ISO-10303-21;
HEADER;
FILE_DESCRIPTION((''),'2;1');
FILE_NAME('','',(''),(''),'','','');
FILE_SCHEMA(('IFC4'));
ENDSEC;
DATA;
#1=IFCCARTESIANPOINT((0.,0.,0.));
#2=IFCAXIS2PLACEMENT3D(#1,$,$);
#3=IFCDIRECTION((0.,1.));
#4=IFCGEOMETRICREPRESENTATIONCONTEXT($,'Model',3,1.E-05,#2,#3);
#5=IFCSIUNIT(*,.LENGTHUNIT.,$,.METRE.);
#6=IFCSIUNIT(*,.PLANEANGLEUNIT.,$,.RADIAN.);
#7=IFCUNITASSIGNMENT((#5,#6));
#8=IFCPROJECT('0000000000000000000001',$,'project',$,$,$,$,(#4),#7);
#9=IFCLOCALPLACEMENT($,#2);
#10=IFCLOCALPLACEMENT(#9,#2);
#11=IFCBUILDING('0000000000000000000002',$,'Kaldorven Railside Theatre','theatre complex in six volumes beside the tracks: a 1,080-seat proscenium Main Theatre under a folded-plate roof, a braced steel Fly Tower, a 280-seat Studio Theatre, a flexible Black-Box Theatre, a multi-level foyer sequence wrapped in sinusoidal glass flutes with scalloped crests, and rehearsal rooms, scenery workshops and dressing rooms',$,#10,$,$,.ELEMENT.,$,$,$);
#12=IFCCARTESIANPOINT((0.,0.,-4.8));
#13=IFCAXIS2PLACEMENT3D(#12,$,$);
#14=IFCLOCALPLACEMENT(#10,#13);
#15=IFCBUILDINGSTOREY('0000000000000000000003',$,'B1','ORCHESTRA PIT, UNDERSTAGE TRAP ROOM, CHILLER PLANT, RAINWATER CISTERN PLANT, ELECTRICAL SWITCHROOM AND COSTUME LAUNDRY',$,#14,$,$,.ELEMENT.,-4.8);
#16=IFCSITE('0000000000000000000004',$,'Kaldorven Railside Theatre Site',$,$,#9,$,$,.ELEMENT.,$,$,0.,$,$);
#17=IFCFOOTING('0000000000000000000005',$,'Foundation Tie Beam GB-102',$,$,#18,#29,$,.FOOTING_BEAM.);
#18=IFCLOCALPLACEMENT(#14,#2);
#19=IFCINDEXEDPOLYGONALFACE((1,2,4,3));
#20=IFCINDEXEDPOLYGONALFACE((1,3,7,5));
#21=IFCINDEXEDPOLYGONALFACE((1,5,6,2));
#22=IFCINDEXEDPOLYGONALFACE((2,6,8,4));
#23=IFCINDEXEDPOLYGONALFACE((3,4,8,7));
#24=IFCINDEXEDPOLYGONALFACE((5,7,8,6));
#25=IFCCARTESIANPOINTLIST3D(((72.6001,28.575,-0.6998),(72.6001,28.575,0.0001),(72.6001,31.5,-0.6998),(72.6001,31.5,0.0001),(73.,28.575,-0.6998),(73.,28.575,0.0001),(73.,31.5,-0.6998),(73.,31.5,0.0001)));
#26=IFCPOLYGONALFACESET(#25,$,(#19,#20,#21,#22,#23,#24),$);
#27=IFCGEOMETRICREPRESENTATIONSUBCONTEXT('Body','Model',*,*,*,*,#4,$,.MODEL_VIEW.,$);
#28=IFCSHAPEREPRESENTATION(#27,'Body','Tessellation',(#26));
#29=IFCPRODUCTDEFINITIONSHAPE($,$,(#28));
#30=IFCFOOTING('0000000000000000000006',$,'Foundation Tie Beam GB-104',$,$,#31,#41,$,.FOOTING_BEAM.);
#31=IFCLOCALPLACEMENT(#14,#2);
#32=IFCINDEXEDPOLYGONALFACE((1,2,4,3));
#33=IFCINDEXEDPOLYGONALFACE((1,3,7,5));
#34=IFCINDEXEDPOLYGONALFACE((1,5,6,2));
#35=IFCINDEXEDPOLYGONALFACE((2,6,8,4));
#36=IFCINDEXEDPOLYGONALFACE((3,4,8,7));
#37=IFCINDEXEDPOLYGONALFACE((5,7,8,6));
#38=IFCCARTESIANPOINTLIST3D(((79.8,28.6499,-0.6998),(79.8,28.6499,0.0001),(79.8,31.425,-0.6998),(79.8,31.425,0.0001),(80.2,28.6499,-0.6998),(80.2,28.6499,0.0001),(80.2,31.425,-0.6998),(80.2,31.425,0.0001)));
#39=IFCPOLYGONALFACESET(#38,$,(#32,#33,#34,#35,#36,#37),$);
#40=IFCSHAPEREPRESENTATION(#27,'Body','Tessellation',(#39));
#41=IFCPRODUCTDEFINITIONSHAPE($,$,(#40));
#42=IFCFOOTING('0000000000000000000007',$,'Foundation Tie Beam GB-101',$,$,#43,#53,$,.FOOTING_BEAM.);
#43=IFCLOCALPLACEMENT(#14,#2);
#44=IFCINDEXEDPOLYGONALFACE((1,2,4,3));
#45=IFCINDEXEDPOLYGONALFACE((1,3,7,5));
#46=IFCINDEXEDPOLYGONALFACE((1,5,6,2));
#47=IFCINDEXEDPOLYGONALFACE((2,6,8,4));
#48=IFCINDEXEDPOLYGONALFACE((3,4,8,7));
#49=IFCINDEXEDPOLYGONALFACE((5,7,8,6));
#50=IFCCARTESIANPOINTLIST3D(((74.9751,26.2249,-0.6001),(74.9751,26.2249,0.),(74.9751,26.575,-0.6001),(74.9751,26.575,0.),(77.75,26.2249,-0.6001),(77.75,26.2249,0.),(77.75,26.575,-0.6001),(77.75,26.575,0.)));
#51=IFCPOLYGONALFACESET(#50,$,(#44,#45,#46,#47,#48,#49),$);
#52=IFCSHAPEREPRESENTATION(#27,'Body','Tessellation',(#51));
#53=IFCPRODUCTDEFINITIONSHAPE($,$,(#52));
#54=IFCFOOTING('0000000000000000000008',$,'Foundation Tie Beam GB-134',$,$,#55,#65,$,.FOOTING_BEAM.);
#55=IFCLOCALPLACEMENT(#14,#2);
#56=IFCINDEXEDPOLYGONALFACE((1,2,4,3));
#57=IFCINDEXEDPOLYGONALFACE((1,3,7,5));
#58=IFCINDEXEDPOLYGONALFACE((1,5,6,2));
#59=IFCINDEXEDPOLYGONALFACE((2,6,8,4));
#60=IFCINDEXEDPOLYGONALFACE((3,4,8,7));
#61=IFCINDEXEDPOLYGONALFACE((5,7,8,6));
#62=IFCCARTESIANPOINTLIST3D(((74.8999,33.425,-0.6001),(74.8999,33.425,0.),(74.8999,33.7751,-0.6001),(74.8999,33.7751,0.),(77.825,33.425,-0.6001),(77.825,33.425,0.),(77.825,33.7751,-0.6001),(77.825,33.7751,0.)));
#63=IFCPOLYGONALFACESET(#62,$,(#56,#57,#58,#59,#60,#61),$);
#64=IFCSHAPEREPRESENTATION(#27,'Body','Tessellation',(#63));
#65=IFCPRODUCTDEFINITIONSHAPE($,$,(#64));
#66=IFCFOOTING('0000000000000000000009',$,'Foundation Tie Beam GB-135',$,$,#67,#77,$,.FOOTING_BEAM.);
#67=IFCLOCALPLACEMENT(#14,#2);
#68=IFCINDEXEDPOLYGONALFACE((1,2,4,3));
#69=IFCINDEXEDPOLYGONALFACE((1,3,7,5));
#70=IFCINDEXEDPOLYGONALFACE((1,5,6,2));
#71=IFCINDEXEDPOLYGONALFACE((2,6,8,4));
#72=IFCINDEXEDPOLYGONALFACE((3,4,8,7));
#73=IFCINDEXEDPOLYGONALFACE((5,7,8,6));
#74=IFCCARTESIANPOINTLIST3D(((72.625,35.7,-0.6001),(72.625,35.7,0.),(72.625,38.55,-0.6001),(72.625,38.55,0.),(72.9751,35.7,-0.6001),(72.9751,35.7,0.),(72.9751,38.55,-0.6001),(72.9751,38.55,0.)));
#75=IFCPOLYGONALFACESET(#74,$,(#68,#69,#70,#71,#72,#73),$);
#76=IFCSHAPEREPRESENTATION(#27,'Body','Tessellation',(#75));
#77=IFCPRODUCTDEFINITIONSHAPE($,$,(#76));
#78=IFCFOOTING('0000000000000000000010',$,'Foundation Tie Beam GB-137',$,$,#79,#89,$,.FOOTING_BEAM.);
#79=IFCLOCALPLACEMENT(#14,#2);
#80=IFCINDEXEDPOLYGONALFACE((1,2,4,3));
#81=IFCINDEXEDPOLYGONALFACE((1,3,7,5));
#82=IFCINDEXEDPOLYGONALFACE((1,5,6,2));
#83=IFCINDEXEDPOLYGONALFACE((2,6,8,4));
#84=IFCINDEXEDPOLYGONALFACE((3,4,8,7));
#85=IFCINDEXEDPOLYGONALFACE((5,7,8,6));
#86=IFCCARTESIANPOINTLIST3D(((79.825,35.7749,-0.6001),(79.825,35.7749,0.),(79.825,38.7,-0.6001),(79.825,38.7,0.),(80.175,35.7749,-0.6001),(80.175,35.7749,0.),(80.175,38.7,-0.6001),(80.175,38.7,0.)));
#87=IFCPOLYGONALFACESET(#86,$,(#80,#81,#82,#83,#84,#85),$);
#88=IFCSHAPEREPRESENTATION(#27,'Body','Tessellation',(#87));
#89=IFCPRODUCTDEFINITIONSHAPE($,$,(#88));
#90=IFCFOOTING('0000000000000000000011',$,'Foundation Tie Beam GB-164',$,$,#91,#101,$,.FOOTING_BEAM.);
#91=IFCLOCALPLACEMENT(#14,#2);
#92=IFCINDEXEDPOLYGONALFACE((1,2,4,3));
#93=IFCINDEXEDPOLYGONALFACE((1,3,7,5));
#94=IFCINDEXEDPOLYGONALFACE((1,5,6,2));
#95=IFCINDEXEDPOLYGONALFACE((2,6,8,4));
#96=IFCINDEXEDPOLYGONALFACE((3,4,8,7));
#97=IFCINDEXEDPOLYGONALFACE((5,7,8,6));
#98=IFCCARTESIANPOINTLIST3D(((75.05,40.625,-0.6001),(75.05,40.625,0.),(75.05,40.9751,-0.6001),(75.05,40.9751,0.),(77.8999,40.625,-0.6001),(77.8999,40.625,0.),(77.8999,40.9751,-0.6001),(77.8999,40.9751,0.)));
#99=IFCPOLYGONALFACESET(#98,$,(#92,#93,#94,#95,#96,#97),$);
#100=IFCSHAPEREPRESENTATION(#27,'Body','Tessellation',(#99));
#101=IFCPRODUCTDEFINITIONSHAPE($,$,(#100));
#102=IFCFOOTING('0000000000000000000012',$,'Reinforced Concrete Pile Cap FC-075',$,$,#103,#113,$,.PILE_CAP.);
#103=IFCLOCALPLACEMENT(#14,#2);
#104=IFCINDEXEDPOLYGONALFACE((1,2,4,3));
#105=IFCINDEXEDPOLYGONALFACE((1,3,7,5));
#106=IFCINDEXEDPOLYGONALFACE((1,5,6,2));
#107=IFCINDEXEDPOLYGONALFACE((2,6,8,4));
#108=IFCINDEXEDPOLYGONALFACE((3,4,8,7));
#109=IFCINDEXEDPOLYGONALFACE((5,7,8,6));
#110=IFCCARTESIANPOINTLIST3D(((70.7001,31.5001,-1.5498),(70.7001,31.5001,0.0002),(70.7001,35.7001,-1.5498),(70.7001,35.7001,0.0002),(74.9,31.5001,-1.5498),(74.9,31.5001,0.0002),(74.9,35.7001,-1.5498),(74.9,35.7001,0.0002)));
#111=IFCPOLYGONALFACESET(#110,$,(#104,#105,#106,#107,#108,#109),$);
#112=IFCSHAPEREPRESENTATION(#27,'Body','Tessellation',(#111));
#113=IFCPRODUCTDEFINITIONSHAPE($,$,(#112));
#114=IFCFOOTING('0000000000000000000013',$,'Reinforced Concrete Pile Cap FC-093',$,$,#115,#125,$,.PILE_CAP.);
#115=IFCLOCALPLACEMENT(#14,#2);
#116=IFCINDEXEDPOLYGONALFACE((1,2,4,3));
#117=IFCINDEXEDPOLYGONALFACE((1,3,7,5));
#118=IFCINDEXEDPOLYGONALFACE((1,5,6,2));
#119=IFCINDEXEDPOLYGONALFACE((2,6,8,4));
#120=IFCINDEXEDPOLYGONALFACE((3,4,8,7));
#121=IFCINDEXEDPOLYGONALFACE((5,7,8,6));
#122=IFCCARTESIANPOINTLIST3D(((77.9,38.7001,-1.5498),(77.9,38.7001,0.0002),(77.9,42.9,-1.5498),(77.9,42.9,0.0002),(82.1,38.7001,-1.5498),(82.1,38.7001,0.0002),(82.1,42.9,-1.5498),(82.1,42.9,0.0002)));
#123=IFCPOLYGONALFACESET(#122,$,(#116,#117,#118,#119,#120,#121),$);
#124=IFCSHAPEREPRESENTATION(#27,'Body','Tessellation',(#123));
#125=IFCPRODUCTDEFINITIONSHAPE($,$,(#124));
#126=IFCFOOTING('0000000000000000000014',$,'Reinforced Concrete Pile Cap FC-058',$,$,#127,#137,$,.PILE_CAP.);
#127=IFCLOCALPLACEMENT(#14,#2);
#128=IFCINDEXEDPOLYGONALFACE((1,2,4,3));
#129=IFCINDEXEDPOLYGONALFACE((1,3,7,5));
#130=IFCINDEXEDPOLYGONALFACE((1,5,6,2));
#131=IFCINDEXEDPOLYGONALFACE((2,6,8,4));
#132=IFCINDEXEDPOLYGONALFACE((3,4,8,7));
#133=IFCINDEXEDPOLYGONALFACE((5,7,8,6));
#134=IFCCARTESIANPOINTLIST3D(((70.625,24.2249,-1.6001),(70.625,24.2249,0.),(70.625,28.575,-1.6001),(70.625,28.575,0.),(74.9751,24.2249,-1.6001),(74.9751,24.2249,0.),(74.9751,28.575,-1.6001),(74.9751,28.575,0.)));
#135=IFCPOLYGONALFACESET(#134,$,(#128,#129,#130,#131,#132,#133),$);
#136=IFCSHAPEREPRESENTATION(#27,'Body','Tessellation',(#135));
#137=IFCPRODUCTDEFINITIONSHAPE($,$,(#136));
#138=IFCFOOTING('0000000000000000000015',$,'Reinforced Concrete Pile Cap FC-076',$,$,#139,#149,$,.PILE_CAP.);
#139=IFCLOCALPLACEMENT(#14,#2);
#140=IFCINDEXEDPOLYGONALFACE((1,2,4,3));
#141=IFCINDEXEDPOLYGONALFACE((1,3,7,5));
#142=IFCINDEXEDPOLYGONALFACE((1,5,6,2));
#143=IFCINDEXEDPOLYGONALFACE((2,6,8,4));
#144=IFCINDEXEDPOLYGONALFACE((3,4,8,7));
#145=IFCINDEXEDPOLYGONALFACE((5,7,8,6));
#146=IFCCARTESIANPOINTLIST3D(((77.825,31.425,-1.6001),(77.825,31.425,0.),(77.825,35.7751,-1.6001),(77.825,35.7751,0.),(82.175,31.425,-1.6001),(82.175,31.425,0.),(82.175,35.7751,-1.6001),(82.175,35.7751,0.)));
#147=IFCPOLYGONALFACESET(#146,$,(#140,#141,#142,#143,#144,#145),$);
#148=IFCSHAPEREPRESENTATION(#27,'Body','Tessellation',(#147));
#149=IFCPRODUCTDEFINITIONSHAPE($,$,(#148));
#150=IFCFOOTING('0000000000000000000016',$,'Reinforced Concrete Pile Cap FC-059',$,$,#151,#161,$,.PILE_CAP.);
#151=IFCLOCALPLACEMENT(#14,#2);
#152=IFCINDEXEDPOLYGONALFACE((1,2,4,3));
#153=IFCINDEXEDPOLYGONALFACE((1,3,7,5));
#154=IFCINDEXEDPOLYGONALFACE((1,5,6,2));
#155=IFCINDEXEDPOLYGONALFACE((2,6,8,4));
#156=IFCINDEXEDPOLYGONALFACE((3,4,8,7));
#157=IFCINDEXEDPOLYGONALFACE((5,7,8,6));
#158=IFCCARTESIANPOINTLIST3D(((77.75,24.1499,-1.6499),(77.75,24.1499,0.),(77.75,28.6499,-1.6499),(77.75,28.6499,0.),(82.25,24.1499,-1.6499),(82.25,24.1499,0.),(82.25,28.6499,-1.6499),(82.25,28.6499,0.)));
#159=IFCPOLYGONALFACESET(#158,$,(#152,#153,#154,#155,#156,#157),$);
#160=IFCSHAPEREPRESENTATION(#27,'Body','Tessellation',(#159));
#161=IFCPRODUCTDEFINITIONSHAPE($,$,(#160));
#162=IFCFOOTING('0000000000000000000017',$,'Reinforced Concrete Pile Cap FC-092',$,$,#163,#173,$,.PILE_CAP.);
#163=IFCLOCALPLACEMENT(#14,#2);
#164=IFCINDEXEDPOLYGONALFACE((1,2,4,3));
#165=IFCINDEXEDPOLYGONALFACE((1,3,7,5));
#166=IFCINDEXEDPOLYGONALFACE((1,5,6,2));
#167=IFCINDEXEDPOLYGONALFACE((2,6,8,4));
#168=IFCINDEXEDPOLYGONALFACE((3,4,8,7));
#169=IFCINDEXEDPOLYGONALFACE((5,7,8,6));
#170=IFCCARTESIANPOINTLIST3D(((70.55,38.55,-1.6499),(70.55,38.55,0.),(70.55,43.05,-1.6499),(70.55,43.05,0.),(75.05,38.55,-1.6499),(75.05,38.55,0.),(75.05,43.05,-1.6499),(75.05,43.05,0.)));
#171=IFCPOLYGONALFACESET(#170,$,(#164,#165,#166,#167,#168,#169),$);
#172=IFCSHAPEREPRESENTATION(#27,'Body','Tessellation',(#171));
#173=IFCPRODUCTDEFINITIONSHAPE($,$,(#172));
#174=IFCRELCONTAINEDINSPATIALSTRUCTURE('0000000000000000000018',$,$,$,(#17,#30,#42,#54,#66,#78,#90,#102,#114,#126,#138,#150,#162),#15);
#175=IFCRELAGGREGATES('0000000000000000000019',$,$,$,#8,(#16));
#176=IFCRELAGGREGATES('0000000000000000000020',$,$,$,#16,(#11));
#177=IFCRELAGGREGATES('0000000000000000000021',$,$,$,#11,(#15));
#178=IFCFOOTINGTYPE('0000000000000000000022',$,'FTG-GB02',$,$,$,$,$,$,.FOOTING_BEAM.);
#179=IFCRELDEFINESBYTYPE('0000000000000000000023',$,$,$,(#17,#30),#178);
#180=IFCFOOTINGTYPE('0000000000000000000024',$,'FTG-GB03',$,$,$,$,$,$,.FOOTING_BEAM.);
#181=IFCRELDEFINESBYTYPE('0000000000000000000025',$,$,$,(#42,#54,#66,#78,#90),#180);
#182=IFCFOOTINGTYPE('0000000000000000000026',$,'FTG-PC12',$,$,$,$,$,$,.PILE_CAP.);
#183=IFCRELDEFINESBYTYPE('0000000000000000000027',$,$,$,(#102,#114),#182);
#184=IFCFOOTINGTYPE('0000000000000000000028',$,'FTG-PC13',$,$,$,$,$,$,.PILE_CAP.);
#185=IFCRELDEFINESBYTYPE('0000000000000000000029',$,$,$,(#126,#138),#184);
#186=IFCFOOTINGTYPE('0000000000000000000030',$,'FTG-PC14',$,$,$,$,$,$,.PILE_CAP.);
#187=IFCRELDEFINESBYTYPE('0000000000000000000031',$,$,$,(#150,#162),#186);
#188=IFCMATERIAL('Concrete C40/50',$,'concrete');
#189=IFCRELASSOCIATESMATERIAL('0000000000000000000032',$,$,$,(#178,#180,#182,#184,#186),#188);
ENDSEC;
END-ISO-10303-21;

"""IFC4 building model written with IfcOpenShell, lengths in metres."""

from ifc_helpers import new_model, si_unit, direction, frame, origin, origin_2d, place, context, subcontext, project, spatial, rectangle, extrude, material, material_profile, profile_set, type_object, element, save


model = new_model("IFC4")

# Units and contexts
model_context = context("Model", 3, precision=1e-05, world=origin(), true_north=direction((0.0, 1.0)))
body_context = subcontext(model_context, "Body", "Model", "MODEL_VIEW")
ifc_project = project(units=[si_unit("LENGTHUNIT", "METRE"), si_unit("PLANEANGLEUNIT", "RADIAN")], contexts=[model_context])

# Site, building, storey
site_placement = place(None, origin())
site = spatial("IfcSite", under=ifc_project, at=site_placement, Name="Kaldorven Railside Theatre Site", CompositionType="ELEMENT", RefElevation=0.0)
building_placement = place(site_placement, origin())
building = spatial("IfcBuilding", under=site, at=building_placement, Name="Kaldorven Railside Theatre", Description="theatre complex in six volumes beside the tracks: a 1,080-seat proscenium Main Theatre under a folded-plate roof, a braced steel Fly Tower, a 280-seat Studio Theatre, a flexible Black-Box Theatre, a multi-level foyer sequence wrapped in sinusoidal glass flutes with scalloped crests, and rehearsal rooms, scenery workshops and dressing rooms", CompositionType="ELEMENT")
storey_placement = place(building_placement, frame((0.0, 0.0, -4.8)))
storey = spatial("IfcBuildingStorey", under=building, at=storey_placement, Name="B1", Description="ORCHESTRA PIT, UNDERSTAGE TRAP ROOM, CHILLER PLANT, RAINWATER CISTERN PLANT, ELECTRICAL SWITCHROOM AND COSTUME LAUNDRY", CompositionType="ELEMENT", Elevation=-4.8)

# Footings
ifc_material_1 = material(Name="Concrete C40/50", Category="concrete")
ifc_material_profile_1 = material_profile(ifc_material_1, rectangle(XDim=0.3999, YDim=0.7, at=origin_2d()), Name="RC 400x700")
ifc_profile_set_1 = profile_set([ifc_material_profile_1], Name="Concrete C40/50")
footing_type_1 = type_object("IfcFootingType", Name="FTG-GB02", PredefinedType="FOOTING_BEAM", material=ifc_profile_set_1)
footing_1_placement = place(storey_placement, frame((72.8, 28.575, -0.3499), z_axis=(0.0, 1.0, 0.0), x_axis=(-1.0, 0.0, 0.0)))
element("IfcFooting", 1, at=footing_1_placement, inside=storey, type_object=footing_type_1, Name="Foundation Tie Beam GB-102", PredefinedType="FOOTING_BEAM", context=body_context, shape_type="SweptSolid", body=[
    extrude(rectangle(XDim=0.3999, YDim=0.7, at=origin_2d()), origin(), (0.0, 0.0, 1.0), 2.925),
])
footing_2_placement = place(storey_placement, frame((80.0, 28.6499, -0.3499), z_axis=(0.0, 1.0, 0.0), x_axis=(-1.0, 0.0, 0.0)))
element("IfcFooting", 2, at=footing_2_placement, inside=storey, type_object=footing_type_1, Name="Foundation Tie Beam GB-104", PredefinedType="FOOTING_BEAM", context=body_context, shape_type="SweptSolid", body=[
    extrude(rectangle(XDim=0.3999, YDim=0.7, at=origin_2d()), origin(), (0.0, 0.0, 1.0), 2.7751),
])
ifc_material_profile_2 = material_profile(ifc_material_1, rectangle(XDim=0.3501, YDim=0.6001, at=origin_2d()), Name="RC 350x600")
ifc_profile_set_2 = profile_set([ifc_material_profile_2], Name="Concrete C40/50")
footing_type_2 = type_object("IfcFootingType", Name="FTG-GB03", PredefinedType="FOOTING_BEAM", material=ifc_profile_set_2)
footing_3_placement = place(storey_placement, frame((74.9751, 26.3999, -0.3), z_axis=(1.0, 0.0, 0.0), x_axis=(0.0, 1.0, 0.0)))
element("IfcFooting", 3, at=footing_3_placement, inside=storey, type_object=footing_type_2, Name="Foundation Tie Beam GB-101", PredefinedType="FOOTING_BEAM", context=body_context, shape_type="SweptSolid", body=[
    extrude(rectangle(XDim=0.3501, YDim=0.6001, at=origin_2d()), origin(), (0.0, 0.0, 1.0), 2.7749),
])
footing_4_placement = place(storey_placement, frame((74.8999, 33.6001, -0.3), z_axis=(1.0, 0.0, 0.0), x_axis=(0.0, 1.0, 0.0)))
element("IfcFooting", 4, at=footing_4_placement, inside=storey, type_object=footing_type_2, Name="Foundation Tie Beam GB-134", PredefinedType="FOOTING_BEAM", context=body_context, shape_type="SweptSolid", body=[
    extrude(rectangle(XDim=0.3501, YDim=0.6001, at=origin_2d()), origin(), (0.0, 0.0, 1.0), 2.925),
])
footing_5_placement = place(storey_placement, frame((72.8, 35.7, -0.3), z_axis=(0.0, 1.0, 0.0), x_axis=(-1.0, 0.0, 0.0)))
element("IfcFooting", 5, at=footing_5_placement, inside=storey, type_object=footing_type_2, Name="Foundation Tie Beam GB-135", PredefinedType="FOOTING_BEAM", context=body_context, shape_type="SweptSolid", body=[
    extrude(rectangle(XDim=0.3501, YDim=0.6001, at=origin_2d()), origin(), (0.0, 0.0, 1.0), 2.8501),
])
footing_6_placement = place(storey_placement, frame((80.0, 35.7749, -0.3), z_axis=(0.0, 1.0, 0.0), x_axis=(-1.0, 0.0, 0.0)))
element("IfcFooting", 6, at=footing_6_placement, inside=storey, type_object=footing_type_2, Name="Foundation Tie Beam GB-137", PredefinedType="FOOTING_BEAM", context=body_context, shape_type="SweptSolid", body=[
    extrude(rectangle(XDim=0.3501, YDim=0.6001, at=origin_2d()), origin(), (0.0, 0.0, 1.0), 2.925),
])
footing_7_placement = place(storey_placement, frame((75.05, 40.8, -0.3), z_axis=(1.0, 0.0, 0.0), x_axis=(0.0, 1.0, 0.0)))
element("IfcFooting", 7, at=footing_7_placement, inside=storey, type_object=footing_type_2, Name="Foundation Tie Beam GB-164", PredefinedType="FOOTING_BEAM", context=body_context, shape_type="SweptSolid", body=[
    extrude(rectangle(XDim=0.3501, YDim=0.6001, at=origin_2d()), origin(), (0.0, 0.0, 1.0), 2.8499),
])
footing_type_3 = type_object("IfcFootingType", Name="FTG-PC12", PredefinedType="PILE_CAP", material=ifc_material_1)
for number, where, z_axis, x_axis, name in (
    (8, (72.8, 33.6001, -1.5498), (0.0, 0.0, 1.0), (1.0, 0.0, 0.0), "Reinforced Concrete Pile Cap FC-075"),
    (9, (80.0, 40.8, -1.5498), (0.0, 0.0, 1.0), (1.0, 0.0, 0.0), "Reinforced Concrete Pile Cap FC-093"),
):
    element("IfcFooting", number, at=place(storey_placement, frame(where, z_axis=z_axis, x_axis=x_axis)), inside=storey, type_object=footing_type_3, Name=name, PredefinedType="PILE_CAP", context=body_context, shape_type="SweptSolid", body=[
        extrude(rectangle(XDim=4.2, YDim=4.2, at=origin_2d()), origin(), (0.0, 0.0, 1.0), 1.55),
    ])
footing_type_4 = type_object("IfcFootingType", Name="FTG-PC13", PredefinedType="PILE_CAP", material=ifc_material_1)
for number, where, z_axis, x_axis, name in (
    (10, (72.8, 26.3999, -1.6001), (0.0, 0.0, 1.0), (1.0, 0.0, 0.0), "Reinforced Concrete Pile Cap FC-058"),
    (11, (80.0, 33.6001, -1.6001), (0.0, 0.0, 1.0), (1.0, 0.0, 0.0), "Reinforced Concrete Pile Cap FC-076"),
):
    element("IfcFooting", number, at=place(storey_placement, frame(where, z_axis=z_axis, x_axis=x_axis)), inside=storey, type_object=footing_type_4, Name=name, PredefinedType="PILE_CAP", context=body_context, shape_type="SweptSolid", body=[
        extrude(rectangle(XDim=4.3501, YDim=4.3501, at=origin_2d()), origin(), (0.0, 0.0, 1.0), 1.6001),
    ])
footing_type_5 = type_object("IfcFootingType", Name="FTG-PC14", PredefinedType="PILE_CAP", material=ifc_material_1)
for number, where, z_axis, x_axis, name in (
    (12, (80.0, 26.3999, -1.6499), (0.0, 0.0, 1.0), (1.0, 0.0, 0.0), "Reinforced Concrete Pile Cap FC-059"),
    (13, (72.8, 40.8, -1.6499), (0.0, 0.0, 1.0), (1.0, 0.0, 0.0), "Reinforced Concrete Pile Cap FC-092"),
):
    element("IfcFooting", number, at=place(storey_placement, frame(where, z_axis=z_axis, x_axis=x_axis)), inside=storey, type_object=footing_type_5, Name=name, PredefinedType="PILE_CAP", context=body_context, shape_type="SweptSolid", body=[
        extrude(rectangle(XDim=4.5, YDim=4.5, at=origin_2d()), origin(), (0.0, 0.0, 1.0), 1.6499),
    ])

save(model, "model.ifc")
